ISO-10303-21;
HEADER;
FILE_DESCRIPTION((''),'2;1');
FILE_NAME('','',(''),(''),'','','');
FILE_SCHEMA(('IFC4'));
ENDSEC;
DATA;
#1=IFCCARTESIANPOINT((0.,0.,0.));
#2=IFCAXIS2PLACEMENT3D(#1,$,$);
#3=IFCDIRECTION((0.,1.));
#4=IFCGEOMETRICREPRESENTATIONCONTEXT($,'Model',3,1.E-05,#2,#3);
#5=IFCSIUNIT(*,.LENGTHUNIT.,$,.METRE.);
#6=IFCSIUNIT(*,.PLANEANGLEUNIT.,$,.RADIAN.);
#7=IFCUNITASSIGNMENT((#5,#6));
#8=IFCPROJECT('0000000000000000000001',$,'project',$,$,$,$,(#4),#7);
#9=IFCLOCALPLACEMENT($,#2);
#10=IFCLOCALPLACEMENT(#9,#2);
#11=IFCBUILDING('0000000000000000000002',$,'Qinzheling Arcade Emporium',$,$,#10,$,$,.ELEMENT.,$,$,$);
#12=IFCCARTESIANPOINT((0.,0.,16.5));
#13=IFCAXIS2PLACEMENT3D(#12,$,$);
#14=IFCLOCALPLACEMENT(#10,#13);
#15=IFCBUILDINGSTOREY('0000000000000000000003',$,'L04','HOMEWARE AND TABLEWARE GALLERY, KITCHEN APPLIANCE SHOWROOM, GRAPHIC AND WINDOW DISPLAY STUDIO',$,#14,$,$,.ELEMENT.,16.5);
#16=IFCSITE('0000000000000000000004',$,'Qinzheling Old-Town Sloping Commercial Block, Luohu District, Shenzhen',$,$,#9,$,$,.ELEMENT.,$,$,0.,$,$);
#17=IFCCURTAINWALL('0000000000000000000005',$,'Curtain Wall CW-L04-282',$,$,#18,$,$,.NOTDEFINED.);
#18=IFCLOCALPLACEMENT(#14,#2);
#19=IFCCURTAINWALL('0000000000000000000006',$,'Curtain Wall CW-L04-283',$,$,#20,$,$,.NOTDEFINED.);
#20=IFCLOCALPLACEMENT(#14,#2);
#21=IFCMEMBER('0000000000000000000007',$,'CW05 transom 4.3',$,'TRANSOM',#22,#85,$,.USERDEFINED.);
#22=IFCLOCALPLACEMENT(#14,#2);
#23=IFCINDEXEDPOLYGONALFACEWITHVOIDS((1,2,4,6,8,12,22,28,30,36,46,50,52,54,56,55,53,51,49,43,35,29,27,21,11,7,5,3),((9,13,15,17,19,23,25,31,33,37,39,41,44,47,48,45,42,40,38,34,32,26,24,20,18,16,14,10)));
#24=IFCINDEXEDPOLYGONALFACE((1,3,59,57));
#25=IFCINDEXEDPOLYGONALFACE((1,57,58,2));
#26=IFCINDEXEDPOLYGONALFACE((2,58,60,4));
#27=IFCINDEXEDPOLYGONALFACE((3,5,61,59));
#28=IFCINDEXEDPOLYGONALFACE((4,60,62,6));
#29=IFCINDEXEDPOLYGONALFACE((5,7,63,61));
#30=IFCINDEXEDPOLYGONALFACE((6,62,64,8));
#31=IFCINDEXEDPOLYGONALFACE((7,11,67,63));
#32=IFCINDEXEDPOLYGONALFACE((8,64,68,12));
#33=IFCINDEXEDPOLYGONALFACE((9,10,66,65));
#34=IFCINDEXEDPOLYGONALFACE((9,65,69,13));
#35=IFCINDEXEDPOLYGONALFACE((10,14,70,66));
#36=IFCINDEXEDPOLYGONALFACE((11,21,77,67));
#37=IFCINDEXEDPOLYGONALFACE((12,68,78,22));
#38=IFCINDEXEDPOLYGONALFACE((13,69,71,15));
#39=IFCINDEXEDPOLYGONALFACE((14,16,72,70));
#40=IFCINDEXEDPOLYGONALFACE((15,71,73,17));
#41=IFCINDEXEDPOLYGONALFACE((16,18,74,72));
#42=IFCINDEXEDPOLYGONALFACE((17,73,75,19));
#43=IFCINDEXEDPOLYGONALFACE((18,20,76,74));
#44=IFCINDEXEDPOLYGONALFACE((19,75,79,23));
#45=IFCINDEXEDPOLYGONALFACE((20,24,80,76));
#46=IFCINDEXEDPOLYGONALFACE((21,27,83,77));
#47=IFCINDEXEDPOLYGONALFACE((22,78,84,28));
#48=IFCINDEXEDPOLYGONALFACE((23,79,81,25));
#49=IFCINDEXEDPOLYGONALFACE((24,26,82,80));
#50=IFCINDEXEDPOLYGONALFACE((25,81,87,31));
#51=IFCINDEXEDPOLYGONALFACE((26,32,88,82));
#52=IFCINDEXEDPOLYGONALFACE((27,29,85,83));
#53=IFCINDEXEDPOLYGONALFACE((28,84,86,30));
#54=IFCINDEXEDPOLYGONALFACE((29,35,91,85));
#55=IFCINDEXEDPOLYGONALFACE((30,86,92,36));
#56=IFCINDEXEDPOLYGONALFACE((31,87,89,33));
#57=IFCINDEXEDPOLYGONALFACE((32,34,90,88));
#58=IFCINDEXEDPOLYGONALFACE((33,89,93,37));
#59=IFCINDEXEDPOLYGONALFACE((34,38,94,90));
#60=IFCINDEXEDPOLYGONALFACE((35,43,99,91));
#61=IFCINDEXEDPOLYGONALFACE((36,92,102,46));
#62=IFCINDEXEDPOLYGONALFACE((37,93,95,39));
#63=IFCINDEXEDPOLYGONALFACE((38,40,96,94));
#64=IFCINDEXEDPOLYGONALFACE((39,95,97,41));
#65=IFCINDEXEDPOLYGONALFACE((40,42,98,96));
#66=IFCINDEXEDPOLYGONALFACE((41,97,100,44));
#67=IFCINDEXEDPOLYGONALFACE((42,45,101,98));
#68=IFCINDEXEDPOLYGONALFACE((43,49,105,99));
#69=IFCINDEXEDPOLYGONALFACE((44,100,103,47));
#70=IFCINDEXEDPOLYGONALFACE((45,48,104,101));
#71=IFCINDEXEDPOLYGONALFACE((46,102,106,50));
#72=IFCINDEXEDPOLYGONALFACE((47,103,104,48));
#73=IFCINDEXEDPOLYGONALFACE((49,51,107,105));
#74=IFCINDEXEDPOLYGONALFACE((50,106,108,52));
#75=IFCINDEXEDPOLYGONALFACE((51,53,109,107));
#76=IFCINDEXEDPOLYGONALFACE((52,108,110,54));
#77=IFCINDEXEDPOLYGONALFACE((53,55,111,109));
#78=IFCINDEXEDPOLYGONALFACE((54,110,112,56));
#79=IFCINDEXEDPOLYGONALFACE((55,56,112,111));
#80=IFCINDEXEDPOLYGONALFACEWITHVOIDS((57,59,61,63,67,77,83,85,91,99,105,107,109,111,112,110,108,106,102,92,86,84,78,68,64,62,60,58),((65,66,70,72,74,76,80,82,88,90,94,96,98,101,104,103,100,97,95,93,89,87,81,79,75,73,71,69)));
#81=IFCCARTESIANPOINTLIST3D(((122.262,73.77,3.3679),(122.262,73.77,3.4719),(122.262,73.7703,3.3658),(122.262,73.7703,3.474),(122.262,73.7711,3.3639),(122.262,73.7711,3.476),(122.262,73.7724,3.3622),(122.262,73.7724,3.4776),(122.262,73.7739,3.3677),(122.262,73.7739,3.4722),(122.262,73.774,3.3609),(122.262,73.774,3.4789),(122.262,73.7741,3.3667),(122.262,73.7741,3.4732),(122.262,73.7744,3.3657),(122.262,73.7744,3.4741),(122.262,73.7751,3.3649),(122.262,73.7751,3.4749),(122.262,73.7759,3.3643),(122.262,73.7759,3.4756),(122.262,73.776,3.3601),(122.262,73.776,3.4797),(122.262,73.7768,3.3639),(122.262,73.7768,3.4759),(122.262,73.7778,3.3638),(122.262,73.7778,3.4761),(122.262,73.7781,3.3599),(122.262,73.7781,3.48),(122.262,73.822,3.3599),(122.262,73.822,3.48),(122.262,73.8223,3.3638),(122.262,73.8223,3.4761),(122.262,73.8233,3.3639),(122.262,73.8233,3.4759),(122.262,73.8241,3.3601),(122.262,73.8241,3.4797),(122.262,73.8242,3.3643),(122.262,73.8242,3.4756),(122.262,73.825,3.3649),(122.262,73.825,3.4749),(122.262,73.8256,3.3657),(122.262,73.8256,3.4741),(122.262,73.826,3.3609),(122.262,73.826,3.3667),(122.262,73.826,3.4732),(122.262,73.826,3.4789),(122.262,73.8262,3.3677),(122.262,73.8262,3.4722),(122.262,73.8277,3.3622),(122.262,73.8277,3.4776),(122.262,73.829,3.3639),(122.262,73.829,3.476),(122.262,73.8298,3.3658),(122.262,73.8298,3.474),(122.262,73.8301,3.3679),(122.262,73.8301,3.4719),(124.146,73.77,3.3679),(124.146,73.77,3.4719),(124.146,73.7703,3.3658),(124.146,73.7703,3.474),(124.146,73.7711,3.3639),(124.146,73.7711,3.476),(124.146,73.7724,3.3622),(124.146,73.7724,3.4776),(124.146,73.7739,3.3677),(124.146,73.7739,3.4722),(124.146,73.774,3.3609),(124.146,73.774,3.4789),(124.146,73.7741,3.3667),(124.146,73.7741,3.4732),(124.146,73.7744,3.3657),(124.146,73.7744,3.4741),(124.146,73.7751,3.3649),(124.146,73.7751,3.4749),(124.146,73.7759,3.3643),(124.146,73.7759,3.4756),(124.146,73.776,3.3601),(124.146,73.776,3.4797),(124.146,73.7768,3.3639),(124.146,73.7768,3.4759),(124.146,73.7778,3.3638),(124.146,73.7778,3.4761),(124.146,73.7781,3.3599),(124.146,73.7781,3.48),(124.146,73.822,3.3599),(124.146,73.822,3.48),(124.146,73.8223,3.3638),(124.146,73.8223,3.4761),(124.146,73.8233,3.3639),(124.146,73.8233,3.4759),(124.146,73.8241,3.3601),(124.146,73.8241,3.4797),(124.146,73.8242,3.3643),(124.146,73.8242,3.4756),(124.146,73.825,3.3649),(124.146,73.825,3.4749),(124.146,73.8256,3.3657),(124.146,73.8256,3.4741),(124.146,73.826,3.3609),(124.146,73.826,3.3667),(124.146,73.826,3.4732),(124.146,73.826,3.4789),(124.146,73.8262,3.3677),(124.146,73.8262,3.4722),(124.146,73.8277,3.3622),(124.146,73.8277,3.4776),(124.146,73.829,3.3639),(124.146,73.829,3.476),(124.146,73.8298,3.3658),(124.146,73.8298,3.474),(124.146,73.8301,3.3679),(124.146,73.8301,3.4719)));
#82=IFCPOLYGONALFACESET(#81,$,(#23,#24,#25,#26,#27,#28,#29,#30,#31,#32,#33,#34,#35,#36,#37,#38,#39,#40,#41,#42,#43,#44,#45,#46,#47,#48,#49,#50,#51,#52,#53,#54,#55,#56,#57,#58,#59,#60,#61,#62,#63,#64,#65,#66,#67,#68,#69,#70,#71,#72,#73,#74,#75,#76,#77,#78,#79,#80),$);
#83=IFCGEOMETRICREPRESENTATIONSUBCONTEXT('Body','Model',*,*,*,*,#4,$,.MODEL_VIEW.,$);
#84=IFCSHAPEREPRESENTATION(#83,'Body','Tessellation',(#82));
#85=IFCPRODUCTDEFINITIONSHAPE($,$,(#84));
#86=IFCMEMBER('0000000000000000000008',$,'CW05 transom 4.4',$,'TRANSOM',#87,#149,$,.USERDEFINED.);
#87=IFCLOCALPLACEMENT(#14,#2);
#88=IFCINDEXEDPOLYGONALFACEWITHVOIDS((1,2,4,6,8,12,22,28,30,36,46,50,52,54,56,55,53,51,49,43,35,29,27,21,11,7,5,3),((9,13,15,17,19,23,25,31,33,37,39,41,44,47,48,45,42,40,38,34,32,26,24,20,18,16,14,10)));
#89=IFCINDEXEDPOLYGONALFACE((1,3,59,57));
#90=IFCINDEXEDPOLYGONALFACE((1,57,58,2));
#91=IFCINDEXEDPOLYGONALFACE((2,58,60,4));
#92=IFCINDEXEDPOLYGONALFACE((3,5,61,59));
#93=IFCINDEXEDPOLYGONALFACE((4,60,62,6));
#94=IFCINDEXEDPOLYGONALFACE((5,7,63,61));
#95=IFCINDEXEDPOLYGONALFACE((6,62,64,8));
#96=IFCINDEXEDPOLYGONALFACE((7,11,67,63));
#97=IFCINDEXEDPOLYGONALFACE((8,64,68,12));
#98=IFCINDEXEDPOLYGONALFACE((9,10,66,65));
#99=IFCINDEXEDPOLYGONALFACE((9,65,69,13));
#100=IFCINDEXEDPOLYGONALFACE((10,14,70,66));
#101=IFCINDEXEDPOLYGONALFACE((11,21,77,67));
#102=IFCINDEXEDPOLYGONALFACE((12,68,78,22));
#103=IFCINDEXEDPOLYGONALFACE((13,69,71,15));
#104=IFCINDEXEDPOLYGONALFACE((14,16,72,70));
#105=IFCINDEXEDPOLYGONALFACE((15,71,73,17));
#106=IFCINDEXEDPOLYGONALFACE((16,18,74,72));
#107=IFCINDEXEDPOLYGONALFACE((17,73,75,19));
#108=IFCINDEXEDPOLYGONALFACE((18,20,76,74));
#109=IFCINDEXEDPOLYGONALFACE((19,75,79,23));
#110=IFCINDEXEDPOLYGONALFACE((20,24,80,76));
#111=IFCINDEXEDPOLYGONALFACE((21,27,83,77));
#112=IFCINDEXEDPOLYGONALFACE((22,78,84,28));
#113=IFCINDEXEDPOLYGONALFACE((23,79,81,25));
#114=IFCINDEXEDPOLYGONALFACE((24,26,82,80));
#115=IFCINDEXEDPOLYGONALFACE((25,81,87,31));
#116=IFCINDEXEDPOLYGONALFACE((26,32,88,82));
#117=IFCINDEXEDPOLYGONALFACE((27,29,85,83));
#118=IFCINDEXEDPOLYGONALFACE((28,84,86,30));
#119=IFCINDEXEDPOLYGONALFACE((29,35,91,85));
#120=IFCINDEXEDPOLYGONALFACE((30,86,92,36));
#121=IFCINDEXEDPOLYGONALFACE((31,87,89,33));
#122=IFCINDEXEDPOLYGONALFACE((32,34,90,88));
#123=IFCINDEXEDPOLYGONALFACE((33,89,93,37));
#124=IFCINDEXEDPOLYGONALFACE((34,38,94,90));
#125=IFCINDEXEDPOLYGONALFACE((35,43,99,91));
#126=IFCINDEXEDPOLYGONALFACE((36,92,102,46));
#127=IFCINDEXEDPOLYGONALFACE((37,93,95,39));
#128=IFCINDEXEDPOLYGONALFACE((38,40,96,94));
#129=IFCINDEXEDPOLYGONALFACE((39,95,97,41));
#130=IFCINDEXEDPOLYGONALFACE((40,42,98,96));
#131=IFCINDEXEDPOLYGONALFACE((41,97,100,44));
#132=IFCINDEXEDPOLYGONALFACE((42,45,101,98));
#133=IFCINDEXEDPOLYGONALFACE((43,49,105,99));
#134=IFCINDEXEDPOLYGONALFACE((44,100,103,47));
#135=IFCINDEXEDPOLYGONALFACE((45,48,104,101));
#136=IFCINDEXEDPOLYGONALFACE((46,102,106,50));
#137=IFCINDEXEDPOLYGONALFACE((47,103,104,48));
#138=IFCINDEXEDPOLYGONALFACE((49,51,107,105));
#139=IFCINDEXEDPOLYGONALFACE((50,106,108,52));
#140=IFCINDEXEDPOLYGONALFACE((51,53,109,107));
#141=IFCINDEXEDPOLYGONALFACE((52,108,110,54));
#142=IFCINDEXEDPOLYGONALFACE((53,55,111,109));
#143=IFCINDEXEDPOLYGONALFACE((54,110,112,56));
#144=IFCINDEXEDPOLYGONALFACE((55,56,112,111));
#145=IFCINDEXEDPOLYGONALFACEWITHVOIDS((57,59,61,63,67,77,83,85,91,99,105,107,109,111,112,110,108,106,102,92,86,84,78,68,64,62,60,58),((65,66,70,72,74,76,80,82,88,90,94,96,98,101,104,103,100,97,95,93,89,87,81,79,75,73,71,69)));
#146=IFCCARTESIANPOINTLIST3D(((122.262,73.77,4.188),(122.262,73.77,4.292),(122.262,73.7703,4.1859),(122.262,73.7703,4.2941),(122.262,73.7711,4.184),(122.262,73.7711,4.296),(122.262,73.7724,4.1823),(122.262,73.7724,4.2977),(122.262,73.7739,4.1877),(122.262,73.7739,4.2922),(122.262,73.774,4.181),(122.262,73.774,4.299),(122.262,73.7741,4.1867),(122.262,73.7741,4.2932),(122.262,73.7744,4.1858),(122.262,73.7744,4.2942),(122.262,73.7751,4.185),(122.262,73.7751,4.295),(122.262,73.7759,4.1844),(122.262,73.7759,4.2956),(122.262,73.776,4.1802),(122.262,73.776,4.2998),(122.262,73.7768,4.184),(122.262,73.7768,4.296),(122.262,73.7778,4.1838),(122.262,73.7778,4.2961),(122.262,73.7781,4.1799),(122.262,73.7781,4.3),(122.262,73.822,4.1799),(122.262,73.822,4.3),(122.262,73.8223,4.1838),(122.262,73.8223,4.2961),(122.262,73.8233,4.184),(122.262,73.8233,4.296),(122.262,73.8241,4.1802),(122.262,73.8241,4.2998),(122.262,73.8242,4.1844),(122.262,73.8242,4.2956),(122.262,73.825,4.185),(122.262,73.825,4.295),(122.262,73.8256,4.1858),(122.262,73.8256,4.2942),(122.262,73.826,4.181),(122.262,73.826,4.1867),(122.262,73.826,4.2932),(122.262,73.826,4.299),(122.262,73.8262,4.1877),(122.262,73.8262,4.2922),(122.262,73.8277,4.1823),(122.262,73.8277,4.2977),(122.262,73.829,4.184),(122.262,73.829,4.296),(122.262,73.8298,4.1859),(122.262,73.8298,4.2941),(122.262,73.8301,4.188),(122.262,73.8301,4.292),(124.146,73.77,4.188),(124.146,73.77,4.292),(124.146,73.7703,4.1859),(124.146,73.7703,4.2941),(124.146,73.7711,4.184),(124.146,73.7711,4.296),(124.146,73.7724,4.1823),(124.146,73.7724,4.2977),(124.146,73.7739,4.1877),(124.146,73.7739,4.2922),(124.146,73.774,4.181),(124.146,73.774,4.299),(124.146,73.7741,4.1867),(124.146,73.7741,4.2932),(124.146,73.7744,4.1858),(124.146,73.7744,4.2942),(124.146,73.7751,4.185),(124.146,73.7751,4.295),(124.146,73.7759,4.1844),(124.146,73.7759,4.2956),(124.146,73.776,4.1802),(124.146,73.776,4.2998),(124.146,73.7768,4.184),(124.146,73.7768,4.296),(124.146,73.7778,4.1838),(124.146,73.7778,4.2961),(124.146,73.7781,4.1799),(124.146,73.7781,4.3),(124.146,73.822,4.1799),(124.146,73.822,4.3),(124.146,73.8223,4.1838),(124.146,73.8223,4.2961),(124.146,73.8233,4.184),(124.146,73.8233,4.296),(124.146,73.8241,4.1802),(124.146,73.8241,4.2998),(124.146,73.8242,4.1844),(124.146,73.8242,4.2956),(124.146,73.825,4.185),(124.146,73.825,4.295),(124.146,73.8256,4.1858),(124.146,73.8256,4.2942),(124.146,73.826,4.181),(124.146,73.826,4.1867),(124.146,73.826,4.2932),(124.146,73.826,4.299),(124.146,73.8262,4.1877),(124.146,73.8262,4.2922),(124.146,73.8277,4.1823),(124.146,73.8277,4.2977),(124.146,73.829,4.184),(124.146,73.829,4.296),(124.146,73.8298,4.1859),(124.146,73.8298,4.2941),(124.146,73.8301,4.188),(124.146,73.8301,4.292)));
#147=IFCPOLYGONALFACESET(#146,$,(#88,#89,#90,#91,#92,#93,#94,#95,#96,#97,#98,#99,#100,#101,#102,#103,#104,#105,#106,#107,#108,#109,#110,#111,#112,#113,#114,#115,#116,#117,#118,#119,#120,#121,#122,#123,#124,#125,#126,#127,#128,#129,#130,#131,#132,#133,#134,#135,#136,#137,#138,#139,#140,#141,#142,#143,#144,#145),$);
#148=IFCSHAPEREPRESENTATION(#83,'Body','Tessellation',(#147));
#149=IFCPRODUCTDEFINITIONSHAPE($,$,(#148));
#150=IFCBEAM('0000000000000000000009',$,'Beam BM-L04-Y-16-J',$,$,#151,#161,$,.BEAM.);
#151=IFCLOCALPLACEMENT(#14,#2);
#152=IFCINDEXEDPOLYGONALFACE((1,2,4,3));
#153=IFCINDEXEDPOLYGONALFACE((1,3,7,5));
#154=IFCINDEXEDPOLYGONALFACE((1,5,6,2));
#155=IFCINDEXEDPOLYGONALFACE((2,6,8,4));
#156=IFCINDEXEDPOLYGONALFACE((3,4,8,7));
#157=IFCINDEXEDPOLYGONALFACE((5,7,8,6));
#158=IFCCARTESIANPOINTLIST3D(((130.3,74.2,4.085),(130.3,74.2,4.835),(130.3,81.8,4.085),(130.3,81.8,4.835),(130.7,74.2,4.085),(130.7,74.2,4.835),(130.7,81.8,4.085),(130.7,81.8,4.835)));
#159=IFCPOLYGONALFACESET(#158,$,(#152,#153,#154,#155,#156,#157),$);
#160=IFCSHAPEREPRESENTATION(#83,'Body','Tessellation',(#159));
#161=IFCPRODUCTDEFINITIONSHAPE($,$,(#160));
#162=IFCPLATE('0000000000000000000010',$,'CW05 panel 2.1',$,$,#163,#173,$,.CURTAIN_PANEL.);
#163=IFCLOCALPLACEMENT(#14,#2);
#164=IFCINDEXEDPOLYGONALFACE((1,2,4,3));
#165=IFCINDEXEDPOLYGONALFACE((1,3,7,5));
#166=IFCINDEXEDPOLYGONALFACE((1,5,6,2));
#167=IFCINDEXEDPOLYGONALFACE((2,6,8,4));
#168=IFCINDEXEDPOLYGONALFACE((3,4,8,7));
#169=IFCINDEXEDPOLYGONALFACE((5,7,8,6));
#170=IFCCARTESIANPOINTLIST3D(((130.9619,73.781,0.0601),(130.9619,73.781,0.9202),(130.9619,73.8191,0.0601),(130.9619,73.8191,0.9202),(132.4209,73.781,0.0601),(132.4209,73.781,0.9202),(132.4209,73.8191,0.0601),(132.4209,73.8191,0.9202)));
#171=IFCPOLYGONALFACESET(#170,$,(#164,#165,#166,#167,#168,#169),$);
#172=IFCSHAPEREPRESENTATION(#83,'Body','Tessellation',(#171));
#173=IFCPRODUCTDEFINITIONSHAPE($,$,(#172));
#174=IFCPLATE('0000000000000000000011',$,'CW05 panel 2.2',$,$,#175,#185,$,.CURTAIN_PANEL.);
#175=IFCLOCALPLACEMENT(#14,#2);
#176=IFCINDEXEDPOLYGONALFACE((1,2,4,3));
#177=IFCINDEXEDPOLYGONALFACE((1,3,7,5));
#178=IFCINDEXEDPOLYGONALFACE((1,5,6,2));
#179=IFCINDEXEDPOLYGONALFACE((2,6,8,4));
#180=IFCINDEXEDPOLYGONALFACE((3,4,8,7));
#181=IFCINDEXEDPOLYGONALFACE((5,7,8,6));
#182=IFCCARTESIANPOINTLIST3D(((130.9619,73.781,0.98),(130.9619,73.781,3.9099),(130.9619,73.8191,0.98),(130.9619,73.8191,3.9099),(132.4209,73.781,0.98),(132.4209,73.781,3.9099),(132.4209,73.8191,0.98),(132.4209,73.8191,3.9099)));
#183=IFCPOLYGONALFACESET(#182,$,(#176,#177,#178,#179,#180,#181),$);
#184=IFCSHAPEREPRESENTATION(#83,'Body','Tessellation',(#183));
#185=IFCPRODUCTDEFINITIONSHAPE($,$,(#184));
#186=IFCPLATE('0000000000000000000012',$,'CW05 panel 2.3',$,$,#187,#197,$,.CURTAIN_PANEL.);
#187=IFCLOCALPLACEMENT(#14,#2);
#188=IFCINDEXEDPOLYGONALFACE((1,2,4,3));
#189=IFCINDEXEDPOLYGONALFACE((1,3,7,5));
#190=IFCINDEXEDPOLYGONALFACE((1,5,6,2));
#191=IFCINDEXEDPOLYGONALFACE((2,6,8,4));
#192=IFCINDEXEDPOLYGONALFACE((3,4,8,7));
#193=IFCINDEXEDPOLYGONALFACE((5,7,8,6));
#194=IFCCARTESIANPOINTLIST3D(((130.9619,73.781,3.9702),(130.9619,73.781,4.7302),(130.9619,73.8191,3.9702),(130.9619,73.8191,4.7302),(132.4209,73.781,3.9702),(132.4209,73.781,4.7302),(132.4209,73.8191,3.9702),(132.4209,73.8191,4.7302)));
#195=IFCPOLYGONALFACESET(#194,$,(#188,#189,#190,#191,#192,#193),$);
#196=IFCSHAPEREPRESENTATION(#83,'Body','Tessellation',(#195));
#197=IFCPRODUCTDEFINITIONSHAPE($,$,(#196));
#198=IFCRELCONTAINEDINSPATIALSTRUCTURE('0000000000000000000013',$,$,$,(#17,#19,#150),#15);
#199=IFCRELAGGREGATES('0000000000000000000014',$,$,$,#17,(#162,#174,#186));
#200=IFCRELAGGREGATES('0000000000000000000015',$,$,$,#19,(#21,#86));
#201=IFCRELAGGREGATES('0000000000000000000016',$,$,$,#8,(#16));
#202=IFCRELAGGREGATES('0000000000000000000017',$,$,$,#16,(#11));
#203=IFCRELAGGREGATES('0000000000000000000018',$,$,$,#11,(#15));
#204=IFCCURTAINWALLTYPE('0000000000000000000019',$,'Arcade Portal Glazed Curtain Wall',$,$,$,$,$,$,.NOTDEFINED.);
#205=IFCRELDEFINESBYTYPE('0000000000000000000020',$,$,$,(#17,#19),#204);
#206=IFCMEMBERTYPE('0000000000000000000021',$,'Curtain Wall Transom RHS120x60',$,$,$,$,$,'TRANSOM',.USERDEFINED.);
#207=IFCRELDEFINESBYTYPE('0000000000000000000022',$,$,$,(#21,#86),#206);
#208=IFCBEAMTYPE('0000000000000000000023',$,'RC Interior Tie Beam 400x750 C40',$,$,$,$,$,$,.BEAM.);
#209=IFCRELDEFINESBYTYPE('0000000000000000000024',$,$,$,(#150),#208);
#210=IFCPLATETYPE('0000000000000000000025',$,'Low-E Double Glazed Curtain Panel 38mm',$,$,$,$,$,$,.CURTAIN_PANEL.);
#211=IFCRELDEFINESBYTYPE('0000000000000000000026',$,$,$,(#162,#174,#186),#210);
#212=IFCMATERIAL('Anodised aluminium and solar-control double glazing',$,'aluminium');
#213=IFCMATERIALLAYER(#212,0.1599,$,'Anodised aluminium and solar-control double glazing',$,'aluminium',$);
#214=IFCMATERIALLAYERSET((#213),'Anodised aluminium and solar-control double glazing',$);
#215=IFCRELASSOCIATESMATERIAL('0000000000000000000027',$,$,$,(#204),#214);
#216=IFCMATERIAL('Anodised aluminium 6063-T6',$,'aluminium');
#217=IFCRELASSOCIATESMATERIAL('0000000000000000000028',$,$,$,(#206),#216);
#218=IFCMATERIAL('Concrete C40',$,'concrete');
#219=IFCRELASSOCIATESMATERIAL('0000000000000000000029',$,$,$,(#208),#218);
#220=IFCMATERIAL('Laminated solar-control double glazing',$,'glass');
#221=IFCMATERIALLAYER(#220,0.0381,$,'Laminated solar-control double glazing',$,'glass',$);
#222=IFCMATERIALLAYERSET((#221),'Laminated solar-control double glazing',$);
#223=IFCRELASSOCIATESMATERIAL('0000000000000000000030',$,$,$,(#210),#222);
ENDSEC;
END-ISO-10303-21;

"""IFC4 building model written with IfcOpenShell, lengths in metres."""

from ifc_helpers import new_model, si_unit, direction, frame, origin, origin_2d, place, context, subcontext, project, spatial, rectangle, hollow_rectangle, extrude, material, layer, layer_set, material_profile, profile_set, type_object, element, aggregate, save


model = new_model("IFC4")

# Units and contexts
model_context = context("Model", 3, precision=1e-05, world=origin(), true_north=direction((0.0, 1.0)))
body_context = subcontext(model_context, "Body", "Model", "MODEL_VIEW")
ifc_project = project(units=[si_unit("LENGTHUNIT", "METRE"), si_unit("PLANEANGLEUNIT", "RADIAN")], contexts=[model_context])

# Site, building, storey
site_placement = place(None, origin())
site = spatial("IfcSite", under=ifc_project, at=site_placement, Name="Qinzheling Old-Town Sloping Commercial Block, Luohu District, Shenzhen", CompositionType="ELEMENT", RefElevation=0.0)
building_placement = place(site_placement, origin())
building = spatial("IfcBuilding", under=site, at=building_placement, Name="Qinzheling Arcade Emporium", CompositionType="ELEMENT")
storey_placement = place(building_placement, frame((0.0, 0.0, 16.5)))
storey = spatial("IfcBuildingStorey", under=building, at=storey_placement, Name="L04", Description="HOMEWARE AND TABLEWARE GALLERY, KITCHEN APPLIANCE SHOWROOM, GRAPHIC AND WINDOW DISPLAY STUDIO", CompositionType="ELEMENT", Elevation=16.5)

# Shared definitions
ifc_material_1 = material(Name="Concrete C40", Category="concrete")

# Curtain wall
ifc_material_2 = material(Name="Anodised aluminium and solar-control double glazing", Category="aluminium")
ifc_layer_1 = layer(ifc_material_2, 0.1599, Name="Anodised aluminium and solar-control double glazing", Category="aluminium")
ifc_layer_set_1 = layer_set([ifc_layer_1], Name="Anodised aluminium and solar-control double glazing")
curtain_wall_type = type_object("IfcCurtainWallType", Name="Arcade Portal Glazed Curtain Wall", PredefinedType="NOTDEFINED", material=ifc_layer_set_1)
curtain_wall_1_placement = place(storey_placement, origin())
curtain_wall_1 = element("IfcCurtainWall", 1, at=curtain_wall_1_placement, inside=storey, type_object=curtain_wall_type, Name="Curtain Wall CW-L04-282", PredefinedType="NOTDEFINED")
ifc_material_3 = material(Name="Anodised aluminium 6063-T6", Category="aluminium")

# Curtain wall, members
curtain_wall_2_placement = place(storey_placement, origin())
curtain_wall_2 = element("IfcCurtainWall", 2, at=curtain_wall_2_placement, inside=storey, type_object=curtain_wall_type, Name="Curtain Wall CW-L04-283", PredefinedType="NOTDEFINED")
ifc_material_profile_1 = material_profile(ifc_material_3, hollow_rectangle(XDim=0.0601, YDim=0.1201, WallThickness=0.0039, InnerFilletRadius=0.0039, OuterFilletRadius=0.0081, at=origin_2d()), Name="RHS 120x60x4", Category="aluminium")
ifc_profile_set_1 = profile_set([ifc_material_profile_1], Name="Anodised aluminium 6063-T6")
member_type_1 = type_object("IfcMemberType", Name="Curtain Wall Transom RHS120x60", ElementType="TRANSOM", PredefinedType="USERDEFINED", material=ifc_profile_set_1)
member_1_placement = place(storey_placement, frame((124.146, 73.8, 3.4199), z_axis=(-1.0, 0.0, 0.0), x_axis=(0.0, -1.0, 0.0)))
member_1 = element("IfcMember", 3, at=member_1_placement, type_object=member_type_1, Name="CW05 transom 4.3", ObjectType="TRANSOM", PredefinedType="USERDEFINED", context=body_context, shape_type="SweptSolid", body=[
    extrude(hollow_rectangle(XDim=0.0601, YDim=0.1201, WallThickness=0.0039, InnerFilletRadius=0.0039, OuterFilletRadius=0.0081, at=origin_2d()), origin(), (0.0, 0.0, 1.0), 1.884),
])
member_2_placement = place(storey_placement, frame((124.146, 73.8, 4.24), z_axis=(-1.0, 0.0, 0.0), x_axis=(0.0, -1.0, 0.0)))
member_2 = element("IfcMember", 4, at=member_2_placement, type_object=member_type_1, Name="CW05 transom 4.4", ObjectType="TRANSOM", PredefinedType="USERDEFINED", context=body_context, shape_type="SweptSolid", body=[
    extrude(hollow_rectangle(XDim=0.0601, YDim=0.1201, WallThickness=0.0039, InnerFilletRadius=0.0039, OuterFilletRadius=0.0081, at=origin_2d()), origin(), (0.0, 0.0, 1.0), 1.884),
])

# Beam
ifc_material_profile_2 = material_profile(ifc_material_1, rectangle(XDim=0.3999, YDim=0.75, at=origin_2d()), Name="RC 400x750", Category="concrete")
ifc_profile_set_2 = profile_set([ifc_material_profile_2], Name="Concrete C40")
beam_type = type_object("IfcBeamType", Name="RC Interior Tie Beam 400x750 C40", PredefinedType="BEAM", material=ifc_profile_set_2)
beam_placement = place(storey_placement, frame((130.5, 74.2, 4.46), z_axis=(0.0, 1.0, 0.0), x_axis=(-1.0, 0.0, 0.0)))
element("IfcBeam", 5, at=beam_placement, inside=storey, type_object=beam_type, Name="Beam BM-L04-Y-16-J", PredefinedType="BEAM", context=body_context, shape_type="SweptSolid", body=[
    extrude(rectangle(XDim=0.3999, YDim=0.75, at=origin_2d()), origin(), (0.0, 0.0, 1.0), 7.6001),
])

# Plates
ifc_material_4 = material(Name="Laminated solar-control double glazing", Category="glass")
ifc_layer_2 = layer(ifc_material_4, 0.0381, Name="Laminated solar-control double glazing", Category="glass")
ifc_layer_set_2 = layer_set([ifc_layer_2], Name="Laminated solar-control double glazing")
plate_type_1 = type_object("IfcPlateType", Name="Low-E Double Glazed Curtain Panel 38mm", PredefinedType="CURTAIN_PANEL", material=ifc_layer_set_2)
plate_1_placement = place(storey_placement, frame((131.6914, 73.8, 0.0601), z_axis=(0.0, 0.0, 1.0), x_axis=(-1.0, 0.0, 0.0)))
plate_1 = element("IfcPlate", 6, at=plate_1_placement, type_object=plate_type_1, Name="CW05 panel 2.1", PredefinedType="CURTAIN_PANEL", context=body_context, shape_type="SweptSolid", body=[
    extrude(rectangle(XDim=1.459, YDim=0.0381, at=origin_2d()), origin(), (0.0, 0.0, 1.0), 0.8601),
])
plate_2_placement = place(storey_placement, frame((131.6914, 73.8, 0.98), z_axis=(0.0, 0.0, 1.0), x_axis=(-1.0, 0.0, 0.0)))
plate_2 = element("IfcPlate", 7, at=plate_2_placement, type_object=plate_type_1, Name="CW05 panel 2.2", PredefinedType="CURTAIN_PANEL", context=body_context, shape_type="SweptSolid", body=[
    extrude(rectangle(XDim=1.459, YDim=0.0381, at=origin_2d()), origin(), (0.0, 0.0, 1.0), 2.9299),
])
plate_3_placement = place(storey_placement, frame((131.6914, 73.8, 3.9702), z_axis=(0.0, 0.0, 1.0), x_axis=(-1.0, 0.0, 0.0)))
plate_3 = element("IfcPlate", 8, at=plate_3_placement, type_object=plate_type_1, Name="CW05 panel 2.3", PredefinedType="CURTAIN_PANEL", context=body_context, shape_type="SweptSolid", body=[
    extrude(rectangle(XDim=1.459, YDim=0.0381, at=origin_2d()), origin(), (0.0, 0.0, 1.0), 0.76),
])
aggregate(curtain_wall_1, [plate_1, plate_2, plate_3])
aggregate(curtain_wall_2, [member_1, member_2])

save(model, "model.ifc")
